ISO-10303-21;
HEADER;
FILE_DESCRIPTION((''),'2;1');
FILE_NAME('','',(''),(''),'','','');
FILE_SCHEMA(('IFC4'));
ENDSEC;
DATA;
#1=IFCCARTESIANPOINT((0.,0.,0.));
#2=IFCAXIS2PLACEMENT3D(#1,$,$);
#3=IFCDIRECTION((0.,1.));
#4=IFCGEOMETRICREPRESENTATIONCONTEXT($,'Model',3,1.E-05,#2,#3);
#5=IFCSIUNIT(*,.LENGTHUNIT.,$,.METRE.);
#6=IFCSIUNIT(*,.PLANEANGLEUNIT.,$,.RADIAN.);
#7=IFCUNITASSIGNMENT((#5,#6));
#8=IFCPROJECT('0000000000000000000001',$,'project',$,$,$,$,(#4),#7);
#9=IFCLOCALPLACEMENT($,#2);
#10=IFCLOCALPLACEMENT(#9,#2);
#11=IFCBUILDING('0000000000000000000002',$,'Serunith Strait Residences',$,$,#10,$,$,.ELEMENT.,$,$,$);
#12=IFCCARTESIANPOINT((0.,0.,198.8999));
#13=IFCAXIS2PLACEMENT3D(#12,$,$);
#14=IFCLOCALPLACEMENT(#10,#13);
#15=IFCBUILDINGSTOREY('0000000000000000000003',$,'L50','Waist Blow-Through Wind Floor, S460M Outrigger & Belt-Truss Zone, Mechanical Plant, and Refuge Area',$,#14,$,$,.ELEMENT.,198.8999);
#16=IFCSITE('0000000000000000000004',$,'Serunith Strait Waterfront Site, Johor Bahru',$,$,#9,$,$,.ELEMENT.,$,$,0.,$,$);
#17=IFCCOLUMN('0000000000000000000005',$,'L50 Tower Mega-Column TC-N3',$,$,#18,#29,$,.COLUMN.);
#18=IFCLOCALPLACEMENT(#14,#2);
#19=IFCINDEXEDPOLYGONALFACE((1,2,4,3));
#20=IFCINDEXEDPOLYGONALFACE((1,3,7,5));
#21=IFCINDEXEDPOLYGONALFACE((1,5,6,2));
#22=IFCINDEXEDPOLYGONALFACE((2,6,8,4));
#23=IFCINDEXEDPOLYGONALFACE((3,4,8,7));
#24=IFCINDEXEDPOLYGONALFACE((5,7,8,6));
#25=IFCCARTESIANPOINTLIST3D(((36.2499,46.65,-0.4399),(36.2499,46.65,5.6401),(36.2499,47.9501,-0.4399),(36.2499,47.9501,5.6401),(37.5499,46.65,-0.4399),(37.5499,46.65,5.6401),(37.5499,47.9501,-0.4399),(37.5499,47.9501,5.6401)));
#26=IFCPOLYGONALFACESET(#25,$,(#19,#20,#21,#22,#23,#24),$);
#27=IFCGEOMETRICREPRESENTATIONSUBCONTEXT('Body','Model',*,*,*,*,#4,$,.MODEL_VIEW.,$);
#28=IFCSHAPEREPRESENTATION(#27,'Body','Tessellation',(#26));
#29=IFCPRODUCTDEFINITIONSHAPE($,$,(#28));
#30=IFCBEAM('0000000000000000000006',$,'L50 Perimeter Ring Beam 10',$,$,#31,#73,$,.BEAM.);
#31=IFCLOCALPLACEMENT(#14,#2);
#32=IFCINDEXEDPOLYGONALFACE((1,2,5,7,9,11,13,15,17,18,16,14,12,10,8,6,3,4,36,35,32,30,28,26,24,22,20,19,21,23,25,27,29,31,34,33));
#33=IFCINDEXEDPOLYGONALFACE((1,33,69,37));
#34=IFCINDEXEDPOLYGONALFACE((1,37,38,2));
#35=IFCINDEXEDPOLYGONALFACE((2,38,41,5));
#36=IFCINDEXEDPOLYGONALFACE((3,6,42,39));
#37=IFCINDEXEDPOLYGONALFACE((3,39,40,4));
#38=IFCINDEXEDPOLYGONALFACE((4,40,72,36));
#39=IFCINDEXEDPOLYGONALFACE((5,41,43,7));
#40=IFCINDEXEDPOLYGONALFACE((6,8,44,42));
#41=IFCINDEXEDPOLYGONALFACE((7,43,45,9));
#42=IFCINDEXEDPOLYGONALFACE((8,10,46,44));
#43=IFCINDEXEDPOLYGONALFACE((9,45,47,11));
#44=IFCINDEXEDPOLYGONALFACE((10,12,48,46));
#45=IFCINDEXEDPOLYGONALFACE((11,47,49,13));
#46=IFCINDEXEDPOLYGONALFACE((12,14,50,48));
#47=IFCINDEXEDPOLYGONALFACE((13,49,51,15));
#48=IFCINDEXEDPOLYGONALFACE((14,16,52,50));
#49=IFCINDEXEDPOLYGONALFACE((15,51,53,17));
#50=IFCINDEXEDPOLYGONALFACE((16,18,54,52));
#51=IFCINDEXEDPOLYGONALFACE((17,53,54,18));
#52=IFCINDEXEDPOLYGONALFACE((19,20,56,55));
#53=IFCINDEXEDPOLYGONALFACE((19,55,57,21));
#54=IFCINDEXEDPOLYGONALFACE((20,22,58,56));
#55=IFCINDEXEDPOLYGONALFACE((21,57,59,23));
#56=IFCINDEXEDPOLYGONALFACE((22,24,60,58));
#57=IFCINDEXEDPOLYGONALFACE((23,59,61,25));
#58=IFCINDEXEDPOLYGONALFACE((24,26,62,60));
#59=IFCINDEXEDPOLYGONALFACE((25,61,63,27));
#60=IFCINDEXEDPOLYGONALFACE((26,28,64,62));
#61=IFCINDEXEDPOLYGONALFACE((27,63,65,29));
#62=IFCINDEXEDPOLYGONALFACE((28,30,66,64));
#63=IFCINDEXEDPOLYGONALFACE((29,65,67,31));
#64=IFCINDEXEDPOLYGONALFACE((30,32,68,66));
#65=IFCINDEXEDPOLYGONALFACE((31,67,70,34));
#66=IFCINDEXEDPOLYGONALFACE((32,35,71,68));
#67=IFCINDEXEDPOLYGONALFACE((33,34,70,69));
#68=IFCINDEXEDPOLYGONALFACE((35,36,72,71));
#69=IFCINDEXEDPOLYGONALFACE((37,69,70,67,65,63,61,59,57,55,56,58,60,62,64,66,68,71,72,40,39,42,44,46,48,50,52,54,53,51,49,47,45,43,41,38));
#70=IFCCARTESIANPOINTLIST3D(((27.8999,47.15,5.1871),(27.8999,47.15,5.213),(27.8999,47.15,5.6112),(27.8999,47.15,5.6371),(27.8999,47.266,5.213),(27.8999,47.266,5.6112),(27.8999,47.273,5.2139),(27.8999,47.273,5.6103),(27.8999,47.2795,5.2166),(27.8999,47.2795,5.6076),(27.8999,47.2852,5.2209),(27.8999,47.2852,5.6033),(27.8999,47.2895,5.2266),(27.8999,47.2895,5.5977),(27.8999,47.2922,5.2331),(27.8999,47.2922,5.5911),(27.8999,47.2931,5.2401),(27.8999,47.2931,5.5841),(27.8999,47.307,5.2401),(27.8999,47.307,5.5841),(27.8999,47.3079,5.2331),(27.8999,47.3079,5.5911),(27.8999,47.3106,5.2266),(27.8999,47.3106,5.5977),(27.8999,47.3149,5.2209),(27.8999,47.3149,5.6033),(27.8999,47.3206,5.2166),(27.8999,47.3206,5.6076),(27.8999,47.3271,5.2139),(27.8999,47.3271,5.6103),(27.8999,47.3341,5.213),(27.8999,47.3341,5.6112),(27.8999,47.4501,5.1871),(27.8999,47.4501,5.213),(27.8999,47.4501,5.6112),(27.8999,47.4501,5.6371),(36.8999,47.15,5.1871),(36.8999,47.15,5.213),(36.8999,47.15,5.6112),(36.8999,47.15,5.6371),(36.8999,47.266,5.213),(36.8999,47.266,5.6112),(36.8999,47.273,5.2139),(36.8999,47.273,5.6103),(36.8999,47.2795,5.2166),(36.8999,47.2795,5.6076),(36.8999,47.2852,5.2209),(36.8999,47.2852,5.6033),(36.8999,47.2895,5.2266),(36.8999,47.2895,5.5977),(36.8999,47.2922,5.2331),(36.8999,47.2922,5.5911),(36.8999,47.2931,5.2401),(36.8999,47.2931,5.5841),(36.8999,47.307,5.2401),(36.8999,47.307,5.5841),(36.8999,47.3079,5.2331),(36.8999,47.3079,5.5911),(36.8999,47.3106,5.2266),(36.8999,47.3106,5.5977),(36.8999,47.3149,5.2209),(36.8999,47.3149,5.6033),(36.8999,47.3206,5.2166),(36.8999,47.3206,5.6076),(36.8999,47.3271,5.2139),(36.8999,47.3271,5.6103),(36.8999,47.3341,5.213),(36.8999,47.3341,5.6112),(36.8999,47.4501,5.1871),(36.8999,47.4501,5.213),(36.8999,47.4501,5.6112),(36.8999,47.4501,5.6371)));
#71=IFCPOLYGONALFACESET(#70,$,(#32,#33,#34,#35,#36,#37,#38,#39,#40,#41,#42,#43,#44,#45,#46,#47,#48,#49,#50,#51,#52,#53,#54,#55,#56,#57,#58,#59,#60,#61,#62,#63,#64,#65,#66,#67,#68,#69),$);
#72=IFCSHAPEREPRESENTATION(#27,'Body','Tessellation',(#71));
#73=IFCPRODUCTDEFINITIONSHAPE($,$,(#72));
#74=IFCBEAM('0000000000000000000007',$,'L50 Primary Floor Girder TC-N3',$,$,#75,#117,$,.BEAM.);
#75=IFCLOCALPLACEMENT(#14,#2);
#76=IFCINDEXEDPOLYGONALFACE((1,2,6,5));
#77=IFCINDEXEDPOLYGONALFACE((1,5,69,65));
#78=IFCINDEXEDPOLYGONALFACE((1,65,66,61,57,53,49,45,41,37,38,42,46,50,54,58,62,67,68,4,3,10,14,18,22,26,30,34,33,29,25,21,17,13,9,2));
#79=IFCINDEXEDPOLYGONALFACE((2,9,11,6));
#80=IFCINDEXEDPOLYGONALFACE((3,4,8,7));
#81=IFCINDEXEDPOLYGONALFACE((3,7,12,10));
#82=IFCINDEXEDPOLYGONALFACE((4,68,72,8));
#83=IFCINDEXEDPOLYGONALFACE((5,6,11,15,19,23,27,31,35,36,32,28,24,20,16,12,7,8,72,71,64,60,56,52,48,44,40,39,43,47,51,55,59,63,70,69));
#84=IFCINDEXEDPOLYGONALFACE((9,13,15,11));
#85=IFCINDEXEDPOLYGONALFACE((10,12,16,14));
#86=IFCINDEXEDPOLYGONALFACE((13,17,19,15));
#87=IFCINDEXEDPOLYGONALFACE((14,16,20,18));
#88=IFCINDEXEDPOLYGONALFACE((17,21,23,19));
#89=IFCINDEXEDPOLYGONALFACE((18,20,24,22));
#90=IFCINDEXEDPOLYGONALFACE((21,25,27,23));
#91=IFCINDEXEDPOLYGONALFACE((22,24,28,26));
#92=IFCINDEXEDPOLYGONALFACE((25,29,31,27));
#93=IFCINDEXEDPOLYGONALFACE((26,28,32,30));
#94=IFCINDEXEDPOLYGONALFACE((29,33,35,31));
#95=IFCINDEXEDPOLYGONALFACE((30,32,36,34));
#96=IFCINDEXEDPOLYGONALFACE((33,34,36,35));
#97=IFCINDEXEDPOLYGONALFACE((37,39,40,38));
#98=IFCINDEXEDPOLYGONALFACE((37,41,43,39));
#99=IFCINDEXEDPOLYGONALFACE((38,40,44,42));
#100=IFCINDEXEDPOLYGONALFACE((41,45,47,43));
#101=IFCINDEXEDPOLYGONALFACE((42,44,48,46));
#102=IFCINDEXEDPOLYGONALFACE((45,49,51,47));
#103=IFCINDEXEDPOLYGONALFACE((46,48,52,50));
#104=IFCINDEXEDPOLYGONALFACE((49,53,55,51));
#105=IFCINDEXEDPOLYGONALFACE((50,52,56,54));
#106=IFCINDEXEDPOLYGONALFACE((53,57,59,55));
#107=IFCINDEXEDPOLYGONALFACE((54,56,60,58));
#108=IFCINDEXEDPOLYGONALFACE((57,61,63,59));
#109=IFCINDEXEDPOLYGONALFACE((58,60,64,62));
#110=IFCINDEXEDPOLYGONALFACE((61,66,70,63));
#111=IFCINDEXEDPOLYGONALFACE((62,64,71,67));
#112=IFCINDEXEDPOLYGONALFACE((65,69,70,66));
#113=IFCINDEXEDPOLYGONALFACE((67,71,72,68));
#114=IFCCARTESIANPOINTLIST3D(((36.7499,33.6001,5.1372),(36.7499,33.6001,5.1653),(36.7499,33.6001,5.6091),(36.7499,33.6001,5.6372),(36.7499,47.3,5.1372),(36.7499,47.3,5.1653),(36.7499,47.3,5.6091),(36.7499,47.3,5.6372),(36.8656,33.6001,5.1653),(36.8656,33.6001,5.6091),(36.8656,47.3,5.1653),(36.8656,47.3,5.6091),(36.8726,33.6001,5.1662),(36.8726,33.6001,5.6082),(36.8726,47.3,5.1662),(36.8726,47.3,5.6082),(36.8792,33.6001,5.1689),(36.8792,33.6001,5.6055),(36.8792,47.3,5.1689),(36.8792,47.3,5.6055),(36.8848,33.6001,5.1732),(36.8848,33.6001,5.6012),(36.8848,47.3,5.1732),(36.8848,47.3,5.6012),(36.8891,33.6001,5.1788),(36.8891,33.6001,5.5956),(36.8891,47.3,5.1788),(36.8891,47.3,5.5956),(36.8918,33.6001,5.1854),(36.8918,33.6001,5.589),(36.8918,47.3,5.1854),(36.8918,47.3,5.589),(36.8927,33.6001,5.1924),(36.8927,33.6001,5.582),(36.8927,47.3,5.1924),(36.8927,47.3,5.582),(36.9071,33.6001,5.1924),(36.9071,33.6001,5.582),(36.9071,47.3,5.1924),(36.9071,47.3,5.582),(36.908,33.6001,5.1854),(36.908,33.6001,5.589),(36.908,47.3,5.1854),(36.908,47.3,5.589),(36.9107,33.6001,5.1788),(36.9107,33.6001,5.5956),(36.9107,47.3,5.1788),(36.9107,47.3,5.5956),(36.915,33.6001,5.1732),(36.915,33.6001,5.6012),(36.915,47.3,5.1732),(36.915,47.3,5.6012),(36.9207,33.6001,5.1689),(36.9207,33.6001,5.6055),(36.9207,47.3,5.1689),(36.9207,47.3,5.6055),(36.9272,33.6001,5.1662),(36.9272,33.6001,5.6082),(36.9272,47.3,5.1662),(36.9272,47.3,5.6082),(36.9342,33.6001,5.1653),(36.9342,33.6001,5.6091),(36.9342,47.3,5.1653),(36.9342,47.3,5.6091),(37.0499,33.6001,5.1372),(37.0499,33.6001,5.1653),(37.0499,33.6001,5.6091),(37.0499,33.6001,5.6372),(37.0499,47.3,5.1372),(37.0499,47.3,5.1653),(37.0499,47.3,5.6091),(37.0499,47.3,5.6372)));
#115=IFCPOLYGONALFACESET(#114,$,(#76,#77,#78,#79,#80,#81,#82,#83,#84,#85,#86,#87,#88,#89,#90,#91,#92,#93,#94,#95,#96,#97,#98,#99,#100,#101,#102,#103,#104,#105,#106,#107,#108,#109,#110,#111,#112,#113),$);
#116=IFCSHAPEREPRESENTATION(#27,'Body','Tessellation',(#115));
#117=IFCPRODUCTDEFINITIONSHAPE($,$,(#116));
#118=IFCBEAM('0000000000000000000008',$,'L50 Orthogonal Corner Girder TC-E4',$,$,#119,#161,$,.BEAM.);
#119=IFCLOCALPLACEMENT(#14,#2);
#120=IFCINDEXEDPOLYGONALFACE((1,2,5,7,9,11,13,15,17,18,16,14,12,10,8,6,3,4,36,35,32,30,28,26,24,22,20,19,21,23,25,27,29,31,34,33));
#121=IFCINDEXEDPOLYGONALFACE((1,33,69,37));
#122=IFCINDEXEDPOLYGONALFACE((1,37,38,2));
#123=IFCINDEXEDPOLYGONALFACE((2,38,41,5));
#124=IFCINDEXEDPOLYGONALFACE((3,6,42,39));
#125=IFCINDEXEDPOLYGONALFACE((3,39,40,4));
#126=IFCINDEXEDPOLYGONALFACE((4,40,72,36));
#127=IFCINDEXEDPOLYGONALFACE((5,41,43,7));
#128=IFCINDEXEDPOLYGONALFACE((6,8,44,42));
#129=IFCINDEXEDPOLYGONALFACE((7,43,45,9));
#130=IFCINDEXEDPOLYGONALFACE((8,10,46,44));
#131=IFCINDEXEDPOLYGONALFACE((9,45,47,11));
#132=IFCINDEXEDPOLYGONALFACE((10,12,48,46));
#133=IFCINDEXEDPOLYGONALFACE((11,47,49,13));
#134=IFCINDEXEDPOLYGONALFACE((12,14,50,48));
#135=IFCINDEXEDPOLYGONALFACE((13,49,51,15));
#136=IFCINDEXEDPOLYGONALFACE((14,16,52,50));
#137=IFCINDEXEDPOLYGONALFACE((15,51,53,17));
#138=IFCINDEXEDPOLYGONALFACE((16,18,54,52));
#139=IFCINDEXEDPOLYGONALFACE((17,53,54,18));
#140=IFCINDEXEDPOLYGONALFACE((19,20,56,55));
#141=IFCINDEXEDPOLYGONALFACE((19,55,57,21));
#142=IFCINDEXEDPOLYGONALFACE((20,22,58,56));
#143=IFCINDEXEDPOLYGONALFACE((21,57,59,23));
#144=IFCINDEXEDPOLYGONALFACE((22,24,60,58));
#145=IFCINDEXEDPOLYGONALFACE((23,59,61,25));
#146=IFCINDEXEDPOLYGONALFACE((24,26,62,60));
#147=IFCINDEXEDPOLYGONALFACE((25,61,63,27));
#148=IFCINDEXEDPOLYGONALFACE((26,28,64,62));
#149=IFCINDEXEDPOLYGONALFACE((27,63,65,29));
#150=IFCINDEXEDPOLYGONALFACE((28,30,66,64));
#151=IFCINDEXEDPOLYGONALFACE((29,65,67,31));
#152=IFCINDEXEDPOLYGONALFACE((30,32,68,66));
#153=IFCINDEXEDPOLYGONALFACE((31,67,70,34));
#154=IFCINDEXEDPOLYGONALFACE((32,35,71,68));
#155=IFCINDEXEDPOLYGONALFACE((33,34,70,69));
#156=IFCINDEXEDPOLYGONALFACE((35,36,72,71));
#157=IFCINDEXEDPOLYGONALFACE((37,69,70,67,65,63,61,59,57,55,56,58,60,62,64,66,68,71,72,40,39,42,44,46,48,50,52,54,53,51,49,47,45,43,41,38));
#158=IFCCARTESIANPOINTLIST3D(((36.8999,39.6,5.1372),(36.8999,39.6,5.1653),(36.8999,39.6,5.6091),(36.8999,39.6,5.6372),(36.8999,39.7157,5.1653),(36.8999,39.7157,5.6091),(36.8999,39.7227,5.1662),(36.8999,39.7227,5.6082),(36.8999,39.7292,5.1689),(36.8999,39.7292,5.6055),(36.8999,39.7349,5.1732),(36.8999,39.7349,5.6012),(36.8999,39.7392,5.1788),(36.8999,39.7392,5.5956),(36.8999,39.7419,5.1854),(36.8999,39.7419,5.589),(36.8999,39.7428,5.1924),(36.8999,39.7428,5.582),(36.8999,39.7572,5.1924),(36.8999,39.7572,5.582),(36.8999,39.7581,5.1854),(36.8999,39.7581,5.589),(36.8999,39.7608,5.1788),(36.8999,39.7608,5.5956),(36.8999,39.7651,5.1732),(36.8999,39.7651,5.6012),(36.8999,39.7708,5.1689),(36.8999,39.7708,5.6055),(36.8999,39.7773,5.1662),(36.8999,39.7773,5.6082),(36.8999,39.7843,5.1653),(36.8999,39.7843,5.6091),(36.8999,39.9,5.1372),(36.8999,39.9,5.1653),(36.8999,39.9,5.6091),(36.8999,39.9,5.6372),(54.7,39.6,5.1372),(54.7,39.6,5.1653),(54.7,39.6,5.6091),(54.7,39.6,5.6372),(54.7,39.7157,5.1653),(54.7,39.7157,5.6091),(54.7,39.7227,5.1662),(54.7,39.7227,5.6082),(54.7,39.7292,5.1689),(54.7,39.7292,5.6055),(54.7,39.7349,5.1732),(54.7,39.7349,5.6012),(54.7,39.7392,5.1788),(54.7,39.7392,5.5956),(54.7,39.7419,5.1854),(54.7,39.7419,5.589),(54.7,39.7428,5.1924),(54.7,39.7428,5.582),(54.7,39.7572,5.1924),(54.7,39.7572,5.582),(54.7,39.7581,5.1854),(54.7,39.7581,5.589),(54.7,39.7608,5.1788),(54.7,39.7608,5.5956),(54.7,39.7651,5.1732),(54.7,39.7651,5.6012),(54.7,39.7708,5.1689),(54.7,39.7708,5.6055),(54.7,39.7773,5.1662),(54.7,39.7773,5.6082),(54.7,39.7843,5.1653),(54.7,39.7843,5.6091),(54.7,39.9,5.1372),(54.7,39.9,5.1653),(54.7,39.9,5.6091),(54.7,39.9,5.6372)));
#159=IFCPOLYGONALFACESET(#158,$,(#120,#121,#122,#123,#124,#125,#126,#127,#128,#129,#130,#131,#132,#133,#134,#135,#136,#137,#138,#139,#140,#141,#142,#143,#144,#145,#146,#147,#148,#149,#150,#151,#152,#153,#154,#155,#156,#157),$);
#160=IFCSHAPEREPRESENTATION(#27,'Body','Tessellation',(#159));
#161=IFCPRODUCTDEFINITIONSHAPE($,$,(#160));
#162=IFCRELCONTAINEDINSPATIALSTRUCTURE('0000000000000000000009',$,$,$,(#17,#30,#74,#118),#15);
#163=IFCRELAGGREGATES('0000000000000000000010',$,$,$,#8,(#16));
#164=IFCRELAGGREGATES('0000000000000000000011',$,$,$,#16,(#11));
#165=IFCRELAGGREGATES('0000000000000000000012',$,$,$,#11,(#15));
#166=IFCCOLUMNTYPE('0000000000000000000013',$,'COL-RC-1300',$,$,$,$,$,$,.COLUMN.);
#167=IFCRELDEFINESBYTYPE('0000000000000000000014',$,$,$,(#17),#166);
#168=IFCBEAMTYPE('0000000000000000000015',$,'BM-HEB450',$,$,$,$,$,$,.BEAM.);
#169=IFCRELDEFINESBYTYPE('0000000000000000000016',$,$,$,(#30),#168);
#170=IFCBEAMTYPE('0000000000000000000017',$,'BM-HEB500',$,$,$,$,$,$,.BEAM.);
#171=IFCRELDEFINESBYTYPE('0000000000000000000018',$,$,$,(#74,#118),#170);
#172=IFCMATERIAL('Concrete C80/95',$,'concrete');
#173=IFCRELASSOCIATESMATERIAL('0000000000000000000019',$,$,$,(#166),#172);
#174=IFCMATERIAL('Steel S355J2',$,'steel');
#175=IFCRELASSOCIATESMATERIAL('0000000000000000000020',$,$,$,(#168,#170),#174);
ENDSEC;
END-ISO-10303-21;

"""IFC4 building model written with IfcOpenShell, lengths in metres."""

from ifc_helpers import new_model, si_unit, direction, frame, origin, origin_2d, place, context, subcontext, project, spatial, rectangle, i_section, extrude, source, transform, mapped, material, material_profile, profile_set, type_object, element, save


model = new_model("IFC4")

# Units and contexts
model_context = context("Model", 3, precision=1e-05, world=origin(), true_north=direction((0.0, 1.0)))
body_context = subcontext(model_context, "Body", "Model", "MODEL_VIEW")
ifc_project = project(units=[si_unit("LENGTHUNIT", "METRE"), si_unit("PLANEANGLEUNIT", "RADIAN")], contexts=[model_context])

# Site, building, storey
site_placement = place(None, origin())
site = spatial("IfcSite", under=ifc_project, at=site_placement, Name="Serunith Strait Waterfront Site, Johor Bahru", CompositionType="ELEMENT", RefElevation=0.0)
building_placement = place(site_placement, origin())
building = spatial("IfcBuilding", under=site, at=building_placement, Name="Serunith Strait Residences", CompositionType="ELEMENT")
storey_placement = place(building_placement, frame((0.0, 0.0, 198.8999)))
storey = spatial("IfcBuildingStorey", under=building, at=storey_placement, Name="L50", Description="Waist Blow-Through Wind Floor, S460M Outrigger & Belt-Truss Zone, Mechanical Plant, and Refuge Area", CompositionType="ELEMENT", Elevation=198.8999)

# Column
ifc_material_1 = material(Name="Concrete C80/95", Category="concrete")
ifc_material_profile_1 = material_profile(ifc_material_1, rectangle(XDim=1.3, YDim=1.3, at=origin_2d()), Name="RC 1300x1300")
ifc_profile_set_1 = profile_set([ifc_material_profile_1], Name="Concrete C80/95")
column_type = type_object("IfcColumnType", Name="COL-RC-1300", PredefinedType="COLUMN", material=ifc_profile_set_1)
shared_shape_1 = source(origin(), body_context, "Body", "SweptSolid", [
    extrude(rectangle(XDim=1.3, YDim=1.3, at=origin_2d()), origin(), (0.0, 0.0, 1.0), 6.0801),
])
column_placement = place(storey_placement, frame((36.8999, 47.3, -0.4399), z_axis=(0.0, 0.0, 1.0), x_axis=(1.0, 0.0, 0.0)))
element("IfcColumn", 1, at=column_placement, inside=storey, type_object=column_type, Name="L50 Tower Mega-Column TC-N3", PredefinedType="COLUMN", context=body_context, shape_type="MappedRepresentation", body=[
    mapped(shared_shape_1, transform((0.0, 0.0, 0.0), scale=1.0)),
])

# Beams
ifc_material_2 = material(Name="Steel S355J2", Category="steel")
ifc_material_profile_2 = material_profile(ifc_material_2, i_section(OverallWidth=0.3, OverallDepth=0.45, WebThickness=0.0139, FlangeThickness=0.0259, FilletRadius=0.0271, at=origin_2d()), Name="HEB 450")
ifc_profile_set_2 = profile_set([ifc_material_profile_2], Name="Steel S355J2")
beam_type_1 = type_object("IfcBeamType", Name="BM-HEB450", PredefinedType="BEAM", material=ifc_profile_set_2)
shared_shape_2 = source(origin(), body_context, "Body", "SweptSolid", [
    extrude(i_section(OverallWidth=0.3, OverallDepth=0.45, WebThickness=0.0139, FlangeThickness=0.0259, FilletRadius=0.0271, at=origin_2d()), origin(), (0.0, 0.0, 1.0), 9.0),
])
beam_1_placement = place(storey_placement, frame((36.8999, 47.3, 5.4121), z_axis=(-1.0, 0.0, 0.0), x_axis=(0.0, -1.0, 0.0)))
element("IfcBeam", 2, at=beam_1_placement, inside=storey, type_object=beam_type_1, Name="L50 Perimeter Ring Beam 10", PredefinedType="BEAM", context=body_context, shape_type="MappedRepresentation", body=[
    mapped(shared_shape_2, transform((0.0, 0.0, 0.0), scale=1.0)),
])
ifc_material_profile_3 = material_profile(ifc_material_2, i_section(OverallWidth=0.3, OverallDepth=0.5, WebThickness=0.0144, FlangeThickness=0.0281, FilletRadius=0.0271, at=origin_2d()), Name="HEB 500")
ifc_profile_set_3 = profile_set([ifc_material_profile_3], Name="Steel S355J2")
beam_type_2 = type_object("IfcBeamType", Name="BM-HEB500", PredefinedType="BEAM", material=ifc_profile_set_3)
shared_shape_3 = source(origin(), body_context, "Body", "SweptSolid", [
    extrude(i_section(OverallWidth=0.3, OverallDepth=0.5, WebThickness=0.0144, FlangeThickness=0.0281, FilletRadius=0.0271, at=origin_2d()), origin(), (0.0, 0.0, 1.0), 13.7),
])
beam_2_placement = place(storey_placement, frame((36.8999, 33.6001, 5.3872), z_axis=(0.0, 1.0, 0.0), x_axis=(-1.0, 0.0, 0.0)))
element("IfcBeam", 3, at=beam_2_placement, inside=storey, type_object=beam_type_2, Name="L50 Primary Floor Girder TC-N3", PredefinedType="BEAM", context=body_context, shape_type="MappedRepresentation", body=[
    mapped(shared_shape_3, transform((0.0, 0.0, 0.0), scale=1.0)),
])
shared_shape_4 = source(origin(), body_context, "Body", "SweptSolid", [
    extrude(i_section(OverallWidth=0.3, OverallDepth=0.5, WebThickness=0.0144, FlangeThickness=0.0281, FilletRadius=0.0271, at=origin_2d()), origin(), (0.0, 0.0, 1.0), 17.8),
])
beam_3_placement = place(storey_placement, frame((36.8999, 39.75, 5.3872), z_axis=(1.0, 0.0, 0.0), x_axis=(0.0, 1.0, 0.0)))
element("IfcBeam", 4, at=beam_3_placement, inside=storey, type_object=beam_type_2, Name="L50 Orthogonal Corner Girder TC-E4", PredefinedType="BEAM", context=body_context, shape_type="MappedRepresentation", body=[
    mapped(shared_shape_4, transform((0.0, 0.0, 0.0), scale=1.0)),
])

save(model, "model.ifc")
